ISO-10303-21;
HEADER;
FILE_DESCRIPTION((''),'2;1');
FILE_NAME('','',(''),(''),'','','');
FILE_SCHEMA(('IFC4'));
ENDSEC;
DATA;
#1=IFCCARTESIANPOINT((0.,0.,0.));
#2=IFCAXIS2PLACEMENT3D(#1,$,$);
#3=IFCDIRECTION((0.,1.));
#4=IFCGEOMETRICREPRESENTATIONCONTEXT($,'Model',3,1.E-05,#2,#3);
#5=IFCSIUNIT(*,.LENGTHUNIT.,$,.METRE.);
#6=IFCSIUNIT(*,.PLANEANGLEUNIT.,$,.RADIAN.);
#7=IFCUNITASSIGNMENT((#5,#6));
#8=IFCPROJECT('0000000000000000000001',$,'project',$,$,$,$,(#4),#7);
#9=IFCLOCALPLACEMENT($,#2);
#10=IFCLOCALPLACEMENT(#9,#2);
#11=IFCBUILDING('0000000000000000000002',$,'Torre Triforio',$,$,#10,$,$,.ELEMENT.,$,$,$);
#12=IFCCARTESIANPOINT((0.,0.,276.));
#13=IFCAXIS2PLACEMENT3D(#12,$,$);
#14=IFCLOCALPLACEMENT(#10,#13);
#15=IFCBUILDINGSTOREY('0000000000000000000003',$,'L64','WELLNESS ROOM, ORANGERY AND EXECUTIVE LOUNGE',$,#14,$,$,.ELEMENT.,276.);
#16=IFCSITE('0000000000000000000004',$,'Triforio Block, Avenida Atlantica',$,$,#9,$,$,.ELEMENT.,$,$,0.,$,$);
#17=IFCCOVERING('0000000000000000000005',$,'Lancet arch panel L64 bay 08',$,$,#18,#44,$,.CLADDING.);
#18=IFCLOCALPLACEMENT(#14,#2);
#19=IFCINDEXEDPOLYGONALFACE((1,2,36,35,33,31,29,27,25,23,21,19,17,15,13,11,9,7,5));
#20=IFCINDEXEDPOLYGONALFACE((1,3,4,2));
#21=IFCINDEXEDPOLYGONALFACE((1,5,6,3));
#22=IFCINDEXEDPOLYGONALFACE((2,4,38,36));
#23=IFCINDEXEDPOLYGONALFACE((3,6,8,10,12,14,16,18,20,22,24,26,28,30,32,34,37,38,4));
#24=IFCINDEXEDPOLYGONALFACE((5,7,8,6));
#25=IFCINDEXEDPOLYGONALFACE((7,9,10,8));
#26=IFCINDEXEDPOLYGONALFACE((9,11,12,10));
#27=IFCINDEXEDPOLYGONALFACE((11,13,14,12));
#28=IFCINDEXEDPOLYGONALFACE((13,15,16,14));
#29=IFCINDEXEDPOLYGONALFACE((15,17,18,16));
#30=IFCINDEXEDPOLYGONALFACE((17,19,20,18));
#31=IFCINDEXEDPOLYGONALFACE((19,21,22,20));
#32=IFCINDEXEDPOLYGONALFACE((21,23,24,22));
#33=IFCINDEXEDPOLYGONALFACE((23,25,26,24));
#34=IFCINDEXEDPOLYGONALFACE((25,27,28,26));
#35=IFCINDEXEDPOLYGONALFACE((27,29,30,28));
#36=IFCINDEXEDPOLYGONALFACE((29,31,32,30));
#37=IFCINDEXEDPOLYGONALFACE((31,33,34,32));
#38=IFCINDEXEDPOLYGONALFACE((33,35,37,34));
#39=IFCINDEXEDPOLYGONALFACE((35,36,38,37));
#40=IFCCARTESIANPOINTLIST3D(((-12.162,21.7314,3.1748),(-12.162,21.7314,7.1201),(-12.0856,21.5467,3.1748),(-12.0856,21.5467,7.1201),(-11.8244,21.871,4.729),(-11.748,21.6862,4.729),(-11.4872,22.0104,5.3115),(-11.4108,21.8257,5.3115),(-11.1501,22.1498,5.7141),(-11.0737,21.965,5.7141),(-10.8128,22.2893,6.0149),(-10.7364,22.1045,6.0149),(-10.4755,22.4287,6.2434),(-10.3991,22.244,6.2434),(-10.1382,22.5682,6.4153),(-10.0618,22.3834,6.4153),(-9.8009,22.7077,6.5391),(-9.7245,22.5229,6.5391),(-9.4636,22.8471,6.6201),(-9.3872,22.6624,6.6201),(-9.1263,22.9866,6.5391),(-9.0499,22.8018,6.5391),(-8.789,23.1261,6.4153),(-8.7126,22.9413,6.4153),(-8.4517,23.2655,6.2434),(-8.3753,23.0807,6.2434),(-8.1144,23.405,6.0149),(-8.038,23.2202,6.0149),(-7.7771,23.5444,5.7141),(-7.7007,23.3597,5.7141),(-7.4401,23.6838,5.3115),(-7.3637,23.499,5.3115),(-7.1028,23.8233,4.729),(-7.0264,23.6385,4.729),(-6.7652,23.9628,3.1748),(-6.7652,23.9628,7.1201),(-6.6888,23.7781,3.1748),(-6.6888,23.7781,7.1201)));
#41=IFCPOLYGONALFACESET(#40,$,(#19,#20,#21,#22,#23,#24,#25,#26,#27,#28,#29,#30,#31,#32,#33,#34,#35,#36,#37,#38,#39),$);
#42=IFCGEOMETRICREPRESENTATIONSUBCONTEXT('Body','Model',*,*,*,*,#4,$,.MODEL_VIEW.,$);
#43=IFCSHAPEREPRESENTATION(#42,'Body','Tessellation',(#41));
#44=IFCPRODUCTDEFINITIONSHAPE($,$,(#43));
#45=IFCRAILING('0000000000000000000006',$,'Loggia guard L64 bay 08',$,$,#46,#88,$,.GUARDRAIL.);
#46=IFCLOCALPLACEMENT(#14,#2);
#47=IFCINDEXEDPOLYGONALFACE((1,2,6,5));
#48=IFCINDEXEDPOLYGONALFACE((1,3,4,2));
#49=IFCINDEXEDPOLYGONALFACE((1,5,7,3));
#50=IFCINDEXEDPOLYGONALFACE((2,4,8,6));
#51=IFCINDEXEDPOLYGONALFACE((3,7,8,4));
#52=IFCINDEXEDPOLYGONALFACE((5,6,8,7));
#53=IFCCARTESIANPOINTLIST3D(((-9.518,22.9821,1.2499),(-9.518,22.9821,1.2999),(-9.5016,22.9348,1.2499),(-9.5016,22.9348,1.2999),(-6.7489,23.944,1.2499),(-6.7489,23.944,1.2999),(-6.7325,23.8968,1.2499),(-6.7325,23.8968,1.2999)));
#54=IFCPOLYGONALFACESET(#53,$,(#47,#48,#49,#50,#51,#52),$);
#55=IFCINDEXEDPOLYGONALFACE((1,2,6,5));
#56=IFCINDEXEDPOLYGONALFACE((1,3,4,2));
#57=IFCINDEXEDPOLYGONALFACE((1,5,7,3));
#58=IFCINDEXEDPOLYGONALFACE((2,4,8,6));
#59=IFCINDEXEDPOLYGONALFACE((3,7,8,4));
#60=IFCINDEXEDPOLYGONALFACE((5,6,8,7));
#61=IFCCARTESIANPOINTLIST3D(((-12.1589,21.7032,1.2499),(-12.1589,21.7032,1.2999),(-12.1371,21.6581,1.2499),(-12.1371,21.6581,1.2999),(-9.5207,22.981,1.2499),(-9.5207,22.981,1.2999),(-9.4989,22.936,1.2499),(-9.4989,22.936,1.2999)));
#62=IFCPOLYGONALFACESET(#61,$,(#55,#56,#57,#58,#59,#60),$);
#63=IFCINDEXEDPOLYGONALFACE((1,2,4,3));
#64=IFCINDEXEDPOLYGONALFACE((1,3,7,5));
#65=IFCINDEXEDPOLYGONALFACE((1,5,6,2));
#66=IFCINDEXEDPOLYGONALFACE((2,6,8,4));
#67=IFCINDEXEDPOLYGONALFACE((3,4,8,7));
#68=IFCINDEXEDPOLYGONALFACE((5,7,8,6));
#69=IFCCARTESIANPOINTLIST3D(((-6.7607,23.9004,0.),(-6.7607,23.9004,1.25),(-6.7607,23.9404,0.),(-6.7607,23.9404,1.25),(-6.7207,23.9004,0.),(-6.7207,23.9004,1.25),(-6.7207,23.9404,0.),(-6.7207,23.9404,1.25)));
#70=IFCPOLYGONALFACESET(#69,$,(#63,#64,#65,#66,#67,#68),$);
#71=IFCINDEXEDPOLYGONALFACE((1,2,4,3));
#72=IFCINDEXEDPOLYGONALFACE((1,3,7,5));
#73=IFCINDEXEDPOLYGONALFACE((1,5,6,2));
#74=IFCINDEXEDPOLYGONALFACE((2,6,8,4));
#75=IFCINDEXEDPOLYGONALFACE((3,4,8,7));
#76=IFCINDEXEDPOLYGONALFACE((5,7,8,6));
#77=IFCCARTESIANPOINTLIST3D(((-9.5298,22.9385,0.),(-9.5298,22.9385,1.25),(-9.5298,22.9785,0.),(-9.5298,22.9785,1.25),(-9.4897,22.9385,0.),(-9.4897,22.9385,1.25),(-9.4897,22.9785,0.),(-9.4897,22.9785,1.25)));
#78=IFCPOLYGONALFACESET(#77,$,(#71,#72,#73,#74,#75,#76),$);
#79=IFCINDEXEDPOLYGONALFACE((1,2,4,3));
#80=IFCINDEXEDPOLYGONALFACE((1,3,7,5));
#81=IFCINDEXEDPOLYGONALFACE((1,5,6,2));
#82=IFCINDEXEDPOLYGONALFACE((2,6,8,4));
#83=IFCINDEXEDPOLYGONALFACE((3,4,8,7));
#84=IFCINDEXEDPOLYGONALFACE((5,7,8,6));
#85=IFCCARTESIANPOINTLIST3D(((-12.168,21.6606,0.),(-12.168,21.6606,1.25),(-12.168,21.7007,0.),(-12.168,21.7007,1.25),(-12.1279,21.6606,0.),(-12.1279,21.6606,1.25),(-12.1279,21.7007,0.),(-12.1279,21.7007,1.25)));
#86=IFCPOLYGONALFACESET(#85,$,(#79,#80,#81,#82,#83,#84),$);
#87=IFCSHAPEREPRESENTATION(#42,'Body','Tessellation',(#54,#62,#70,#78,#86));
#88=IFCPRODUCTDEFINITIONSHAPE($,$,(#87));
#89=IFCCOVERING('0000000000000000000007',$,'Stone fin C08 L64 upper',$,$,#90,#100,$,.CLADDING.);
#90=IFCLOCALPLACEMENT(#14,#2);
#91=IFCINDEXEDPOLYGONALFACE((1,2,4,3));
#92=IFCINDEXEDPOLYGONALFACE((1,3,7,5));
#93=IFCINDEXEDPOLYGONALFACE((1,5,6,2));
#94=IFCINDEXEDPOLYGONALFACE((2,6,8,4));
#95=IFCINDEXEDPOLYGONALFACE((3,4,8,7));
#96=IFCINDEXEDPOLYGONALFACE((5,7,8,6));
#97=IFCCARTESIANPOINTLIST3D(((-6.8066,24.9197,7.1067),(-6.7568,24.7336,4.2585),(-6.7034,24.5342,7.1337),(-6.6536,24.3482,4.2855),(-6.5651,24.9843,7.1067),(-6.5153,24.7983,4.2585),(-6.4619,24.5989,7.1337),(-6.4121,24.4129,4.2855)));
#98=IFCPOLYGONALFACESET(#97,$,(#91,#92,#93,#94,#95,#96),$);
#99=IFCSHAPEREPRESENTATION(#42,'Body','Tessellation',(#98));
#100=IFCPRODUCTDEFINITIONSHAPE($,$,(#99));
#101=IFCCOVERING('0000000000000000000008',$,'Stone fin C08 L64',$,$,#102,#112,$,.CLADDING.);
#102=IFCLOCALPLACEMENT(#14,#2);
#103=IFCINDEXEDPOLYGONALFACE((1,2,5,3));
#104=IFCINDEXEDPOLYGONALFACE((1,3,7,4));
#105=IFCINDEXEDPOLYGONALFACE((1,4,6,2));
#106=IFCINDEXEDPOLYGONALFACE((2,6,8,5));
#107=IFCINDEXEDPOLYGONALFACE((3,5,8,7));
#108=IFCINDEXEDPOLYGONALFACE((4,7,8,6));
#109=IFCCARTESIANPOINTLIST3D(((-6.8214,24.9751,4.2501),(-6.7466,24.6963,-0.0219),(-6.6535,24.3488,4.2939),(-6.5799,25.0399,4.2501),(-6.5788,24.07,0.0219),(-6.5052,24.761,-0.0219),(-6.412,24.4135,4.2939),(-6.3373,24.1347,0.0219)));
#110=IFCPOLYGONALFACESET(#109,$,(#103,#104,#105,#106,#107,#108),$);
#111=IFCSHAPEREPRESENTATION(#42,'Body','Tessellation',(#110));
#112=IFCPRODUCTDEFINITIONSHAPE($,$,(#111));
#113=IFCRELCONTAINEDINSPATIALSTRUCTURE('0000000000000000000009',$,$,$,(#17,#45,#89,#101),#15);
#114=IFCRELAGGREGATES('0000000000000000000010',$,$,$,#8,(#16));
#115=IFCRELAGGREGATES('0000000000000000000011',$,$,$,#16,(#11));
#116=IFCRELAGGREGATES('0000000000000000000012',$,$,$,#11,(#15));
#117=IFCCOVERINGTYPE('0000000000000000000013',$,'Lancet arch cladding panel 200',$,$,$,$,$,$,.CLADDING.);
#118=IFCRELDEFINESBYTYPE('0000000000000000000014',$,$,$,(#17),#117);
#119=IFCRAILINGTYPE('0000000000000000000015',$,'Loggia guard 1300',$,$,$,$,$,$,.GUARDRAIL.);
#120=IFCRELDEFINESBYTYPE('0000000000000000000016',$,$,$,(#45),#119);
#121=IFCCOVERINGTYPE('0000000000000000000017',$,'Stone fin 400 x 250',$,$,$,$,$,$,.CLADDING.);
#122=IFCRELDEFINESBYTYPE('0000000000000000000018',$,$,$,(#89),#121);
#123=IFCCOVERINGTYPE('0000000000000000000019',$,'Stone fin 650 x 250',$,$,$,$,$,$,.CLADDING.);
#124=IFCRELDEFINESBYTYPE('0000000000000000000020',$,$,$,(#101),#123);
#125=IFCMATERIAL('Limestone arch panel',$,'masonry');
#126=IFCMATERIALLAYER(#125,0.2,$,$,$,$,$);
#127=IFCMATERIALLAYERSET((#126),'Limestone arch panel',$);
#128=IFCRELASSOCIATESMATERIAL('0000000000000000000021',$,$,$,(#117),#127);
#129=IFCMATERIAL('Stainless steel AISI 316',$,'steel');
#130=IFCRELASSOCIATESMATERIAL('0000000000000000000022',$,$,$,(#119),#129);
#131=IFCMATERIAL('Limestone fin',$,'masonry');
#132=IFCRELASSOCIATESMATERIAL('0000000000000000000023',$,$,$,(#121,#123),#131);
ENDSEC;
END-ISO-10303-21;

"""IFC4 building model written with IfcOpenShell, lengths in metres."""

from ifc_helpers import new_model, si_unit, direction, frame, origin, origin_2d, place, context, subcontext, project, spatial, polyline, rectangle, outline, extrude, material, layer, layer_set, material_profile, profile_set, type_object, element, save


model = new_model("IFC4")

# Units and contexts
model_context = context("Model", 3, precision=1e-05, world=origin(), true_north=direction((0.0, 1.0)))
body_context = subcontext(model_context, "Body", "Model", "MODEL_VIEW")
ifc_project = project(units=[si_unit("LENGTHUNIT", "METRE"), si_unit("PLANEANGLEUNIT", "RADIAN")], contexts=[model_context])

# Site, building, storey
site_placement = place(None, origin())
site = spatial("IfcSite", under=ifc_project, at=site_placement, Name="Triforio Block, Avenida Atlantica", CompositionType="ELEMENT", RefElevation=0.0)
building_placement = place(site_placement, origin())
building = spatial("IfcBuilding", under=site, at=building_placement, Name="Torre Triforio", CompositionType="ELEMENT")
storey_placement = place(building_placement, frame((0.0, 0.0, 276.0)))
storey = spatial("IfcBuildingStorey", under=building, at=storey_placement, Name="L64", Description="WELLNESS ROOM, ORANGERY AND EXECUTIVE LOUNGE", CompositionType="ELEMENT", Elevation=276.0)

# Covering
ifc_material_1 = material(Name="Limestone arch panel", Category="masonry")
ifc_layer_1 = layer(ifc_material_1, 0.2)
ifc_layer_set_1 = layer_set([ifc_layer_1], Name="Limestone arch panel")
covering_type_1 = type_object("IfcCoveringType", Name="Lancet arch cladding panel 200", PredefinedType="CLADDING", material=ifc_layer_set_1)
covering_1_placement = place(storey_placement, frame((-9.3872, 22.6624, 0.0), z_axis=(-0.3821, 0.924121, 0.0), x_axis=(-0.924121, -0.3821, 0.0)))
element("IfcCovering", 1, at=covering_1_placement, inside=storey, type_object=covering_type_1, Name="Lancet arch panel L64 bay 08", PredefinedType="CLADDING", context=body_context, shape_type="SweptSolid", body=[
    extrude(outline(polyline([(-2.9199, 7.1201), (-2.9199, 3.1748), (-2.5547, 4.729), (-2.1897, 5.3115), (-1.825, 5.7141), (-1.46, 6.0149), (-1.095, 6.2434), (-0.73, 6.4153), (-0.365, 6.5391), (0.0, 6.6201), (0.365, 6.5391), (0.73, 6.4153), (1.095, 6.2434), (1.46, 6.0149), (1.825, 5.7141), (2.1897, 5.3115), (2.5547, 4.729), (2.9199, 3.1748), (2.9199, 7.1201), (-2.9199, 7.1201)])), origin(), (0.0, 0.0, 1.0), 0.2),
])

# Railing
ifc_material_2 = material(Name="Stainless steel AISI 316", Category="steel")
railing_type = type_object("IfcRailingType", Name="Loggia guard 1300", PredefinedType="GUARDRAIL", material=ifc_material_2)
railing_placement = place(storey_placement, frame((-6.7407, 23.9204, 0.0)))
element("IfcRailing", 2, at=railing_placement, inside=storey, type_object=railing_type, Name="Loggia guard L64 bay 08", PredefinedType="GUARDRAIL", context=body_context, shape_type="SweptSolid", body=[
    extrude(rectangle(XDim=0.05, YDim=0.05, at=origin_2d()), frame((0.0, 0.0, 1.2749), z_axis=(-0.944627, -0.328146, 0.0), x_axis=(0.328146, -0.944627, 0.0)), (0.0, 0.0, 1.0), 2.9314),
    extrude(rectangle(XDim=0.05, YDim=0.05, at=origin_2d()), frame((-2.769, -0.9619, 1.2749), z_axis=(-0.899986, -0.435918, 0.0), x_axis=(0.435918, -0.899986, 0.0)), (0.0, 0.0, 1.0), 2.9314),
    extrude(rectangle(XDim=0.04, YDim=0.04, at=origin_2d()), origin(), (0.0, 0.0, 1.0), 1.25),
    extrude(rectangle(XDim=0.04, YDim=0.04, at=origin_2d()), frame((-2.769, -0.9619, 0.0)), (0.0, 0.0, 1.0), 1.25),
    extrude(rectangle(XDim=0.04, YDim=0.04, at=origin_2d()), frame((-5.4072, -2.2397, 0.0)), (0.0, 0.0, 1.0), 1.25),
])

# Coverings
ifc_material_3 = material(Name="Limestone fin", Category="masonry")
ifc_material_profile_1 = material_profile(ifc_material_3, rectangle(XDim=0.3999, YDim=0.25, at=origin_2d()), Name="FIN 400x250")
ifc_profile_set_1 = profile_set([ifc_material_profile_1], Name="Limestone fin")
covering_type_2 = type_object("IfcCoveringType", Name="Stone fin 400 x 250", PredefinedType="CLADDING", material=ifc_profile_set_1)
covering_2_placement = place(storey_placement, frame((-6.5845, 24.5732, 4.272), z_axis=(-0.017447, 0.065169, 0.997722), x_axis=(0.25802, -0.963781, 0.067464)))
element("IfcCovering", 3, at=covering_2_placement, inside=storey, type_object=covering_type_2, Name="Stone fin C08 L64 upper", PredefinedType="CLADDING", context=body_context, shape_type="SweptSolid", body=[
    extrude(rectangle(XDim=0.3999, YDim=0.25, at=origin_2d()), origin(), (0.0, 0.0, 1.0), 2.8547),
])
ifc_material_profile_2 = material_profile(ifc_material_3, rectangle(XDim=0.6499, YDim=0.25, at=origin_2d()), Name="FIN 650x250")
ifc_profile_set_2 = profile_set([ifc_material_profile_2], Name="Limestone fin")
covering_type_3 = type_object("IfcCoveringType", Name="Stone fin 650 x 250", PredefinedType="CLADDING", material=ifc_profile_set_2)
covering_3_placement = place(storey_placement, frame((-6.542, 24.4155, 0.0), z_axis=(-0.017448, 0.065116, 0.997725), x_axis=(0.258232, -0.963728, 0.067413)))
element("IfcCovering", 4, at=covering_3_placement, inside=storey, type_object=covering_type_3, Name="Stone fin C08 L64", PredefinedType="CLADDING", context=body_context, shape_type="SweptSolid", body=[
    extrude(rectangle(XDim=0.6499, YDim=0.25, at=origin_2d()), origin(), (0.0, 0.0, 1.0), 4.2817),
])

save(model, "model.ifc")
